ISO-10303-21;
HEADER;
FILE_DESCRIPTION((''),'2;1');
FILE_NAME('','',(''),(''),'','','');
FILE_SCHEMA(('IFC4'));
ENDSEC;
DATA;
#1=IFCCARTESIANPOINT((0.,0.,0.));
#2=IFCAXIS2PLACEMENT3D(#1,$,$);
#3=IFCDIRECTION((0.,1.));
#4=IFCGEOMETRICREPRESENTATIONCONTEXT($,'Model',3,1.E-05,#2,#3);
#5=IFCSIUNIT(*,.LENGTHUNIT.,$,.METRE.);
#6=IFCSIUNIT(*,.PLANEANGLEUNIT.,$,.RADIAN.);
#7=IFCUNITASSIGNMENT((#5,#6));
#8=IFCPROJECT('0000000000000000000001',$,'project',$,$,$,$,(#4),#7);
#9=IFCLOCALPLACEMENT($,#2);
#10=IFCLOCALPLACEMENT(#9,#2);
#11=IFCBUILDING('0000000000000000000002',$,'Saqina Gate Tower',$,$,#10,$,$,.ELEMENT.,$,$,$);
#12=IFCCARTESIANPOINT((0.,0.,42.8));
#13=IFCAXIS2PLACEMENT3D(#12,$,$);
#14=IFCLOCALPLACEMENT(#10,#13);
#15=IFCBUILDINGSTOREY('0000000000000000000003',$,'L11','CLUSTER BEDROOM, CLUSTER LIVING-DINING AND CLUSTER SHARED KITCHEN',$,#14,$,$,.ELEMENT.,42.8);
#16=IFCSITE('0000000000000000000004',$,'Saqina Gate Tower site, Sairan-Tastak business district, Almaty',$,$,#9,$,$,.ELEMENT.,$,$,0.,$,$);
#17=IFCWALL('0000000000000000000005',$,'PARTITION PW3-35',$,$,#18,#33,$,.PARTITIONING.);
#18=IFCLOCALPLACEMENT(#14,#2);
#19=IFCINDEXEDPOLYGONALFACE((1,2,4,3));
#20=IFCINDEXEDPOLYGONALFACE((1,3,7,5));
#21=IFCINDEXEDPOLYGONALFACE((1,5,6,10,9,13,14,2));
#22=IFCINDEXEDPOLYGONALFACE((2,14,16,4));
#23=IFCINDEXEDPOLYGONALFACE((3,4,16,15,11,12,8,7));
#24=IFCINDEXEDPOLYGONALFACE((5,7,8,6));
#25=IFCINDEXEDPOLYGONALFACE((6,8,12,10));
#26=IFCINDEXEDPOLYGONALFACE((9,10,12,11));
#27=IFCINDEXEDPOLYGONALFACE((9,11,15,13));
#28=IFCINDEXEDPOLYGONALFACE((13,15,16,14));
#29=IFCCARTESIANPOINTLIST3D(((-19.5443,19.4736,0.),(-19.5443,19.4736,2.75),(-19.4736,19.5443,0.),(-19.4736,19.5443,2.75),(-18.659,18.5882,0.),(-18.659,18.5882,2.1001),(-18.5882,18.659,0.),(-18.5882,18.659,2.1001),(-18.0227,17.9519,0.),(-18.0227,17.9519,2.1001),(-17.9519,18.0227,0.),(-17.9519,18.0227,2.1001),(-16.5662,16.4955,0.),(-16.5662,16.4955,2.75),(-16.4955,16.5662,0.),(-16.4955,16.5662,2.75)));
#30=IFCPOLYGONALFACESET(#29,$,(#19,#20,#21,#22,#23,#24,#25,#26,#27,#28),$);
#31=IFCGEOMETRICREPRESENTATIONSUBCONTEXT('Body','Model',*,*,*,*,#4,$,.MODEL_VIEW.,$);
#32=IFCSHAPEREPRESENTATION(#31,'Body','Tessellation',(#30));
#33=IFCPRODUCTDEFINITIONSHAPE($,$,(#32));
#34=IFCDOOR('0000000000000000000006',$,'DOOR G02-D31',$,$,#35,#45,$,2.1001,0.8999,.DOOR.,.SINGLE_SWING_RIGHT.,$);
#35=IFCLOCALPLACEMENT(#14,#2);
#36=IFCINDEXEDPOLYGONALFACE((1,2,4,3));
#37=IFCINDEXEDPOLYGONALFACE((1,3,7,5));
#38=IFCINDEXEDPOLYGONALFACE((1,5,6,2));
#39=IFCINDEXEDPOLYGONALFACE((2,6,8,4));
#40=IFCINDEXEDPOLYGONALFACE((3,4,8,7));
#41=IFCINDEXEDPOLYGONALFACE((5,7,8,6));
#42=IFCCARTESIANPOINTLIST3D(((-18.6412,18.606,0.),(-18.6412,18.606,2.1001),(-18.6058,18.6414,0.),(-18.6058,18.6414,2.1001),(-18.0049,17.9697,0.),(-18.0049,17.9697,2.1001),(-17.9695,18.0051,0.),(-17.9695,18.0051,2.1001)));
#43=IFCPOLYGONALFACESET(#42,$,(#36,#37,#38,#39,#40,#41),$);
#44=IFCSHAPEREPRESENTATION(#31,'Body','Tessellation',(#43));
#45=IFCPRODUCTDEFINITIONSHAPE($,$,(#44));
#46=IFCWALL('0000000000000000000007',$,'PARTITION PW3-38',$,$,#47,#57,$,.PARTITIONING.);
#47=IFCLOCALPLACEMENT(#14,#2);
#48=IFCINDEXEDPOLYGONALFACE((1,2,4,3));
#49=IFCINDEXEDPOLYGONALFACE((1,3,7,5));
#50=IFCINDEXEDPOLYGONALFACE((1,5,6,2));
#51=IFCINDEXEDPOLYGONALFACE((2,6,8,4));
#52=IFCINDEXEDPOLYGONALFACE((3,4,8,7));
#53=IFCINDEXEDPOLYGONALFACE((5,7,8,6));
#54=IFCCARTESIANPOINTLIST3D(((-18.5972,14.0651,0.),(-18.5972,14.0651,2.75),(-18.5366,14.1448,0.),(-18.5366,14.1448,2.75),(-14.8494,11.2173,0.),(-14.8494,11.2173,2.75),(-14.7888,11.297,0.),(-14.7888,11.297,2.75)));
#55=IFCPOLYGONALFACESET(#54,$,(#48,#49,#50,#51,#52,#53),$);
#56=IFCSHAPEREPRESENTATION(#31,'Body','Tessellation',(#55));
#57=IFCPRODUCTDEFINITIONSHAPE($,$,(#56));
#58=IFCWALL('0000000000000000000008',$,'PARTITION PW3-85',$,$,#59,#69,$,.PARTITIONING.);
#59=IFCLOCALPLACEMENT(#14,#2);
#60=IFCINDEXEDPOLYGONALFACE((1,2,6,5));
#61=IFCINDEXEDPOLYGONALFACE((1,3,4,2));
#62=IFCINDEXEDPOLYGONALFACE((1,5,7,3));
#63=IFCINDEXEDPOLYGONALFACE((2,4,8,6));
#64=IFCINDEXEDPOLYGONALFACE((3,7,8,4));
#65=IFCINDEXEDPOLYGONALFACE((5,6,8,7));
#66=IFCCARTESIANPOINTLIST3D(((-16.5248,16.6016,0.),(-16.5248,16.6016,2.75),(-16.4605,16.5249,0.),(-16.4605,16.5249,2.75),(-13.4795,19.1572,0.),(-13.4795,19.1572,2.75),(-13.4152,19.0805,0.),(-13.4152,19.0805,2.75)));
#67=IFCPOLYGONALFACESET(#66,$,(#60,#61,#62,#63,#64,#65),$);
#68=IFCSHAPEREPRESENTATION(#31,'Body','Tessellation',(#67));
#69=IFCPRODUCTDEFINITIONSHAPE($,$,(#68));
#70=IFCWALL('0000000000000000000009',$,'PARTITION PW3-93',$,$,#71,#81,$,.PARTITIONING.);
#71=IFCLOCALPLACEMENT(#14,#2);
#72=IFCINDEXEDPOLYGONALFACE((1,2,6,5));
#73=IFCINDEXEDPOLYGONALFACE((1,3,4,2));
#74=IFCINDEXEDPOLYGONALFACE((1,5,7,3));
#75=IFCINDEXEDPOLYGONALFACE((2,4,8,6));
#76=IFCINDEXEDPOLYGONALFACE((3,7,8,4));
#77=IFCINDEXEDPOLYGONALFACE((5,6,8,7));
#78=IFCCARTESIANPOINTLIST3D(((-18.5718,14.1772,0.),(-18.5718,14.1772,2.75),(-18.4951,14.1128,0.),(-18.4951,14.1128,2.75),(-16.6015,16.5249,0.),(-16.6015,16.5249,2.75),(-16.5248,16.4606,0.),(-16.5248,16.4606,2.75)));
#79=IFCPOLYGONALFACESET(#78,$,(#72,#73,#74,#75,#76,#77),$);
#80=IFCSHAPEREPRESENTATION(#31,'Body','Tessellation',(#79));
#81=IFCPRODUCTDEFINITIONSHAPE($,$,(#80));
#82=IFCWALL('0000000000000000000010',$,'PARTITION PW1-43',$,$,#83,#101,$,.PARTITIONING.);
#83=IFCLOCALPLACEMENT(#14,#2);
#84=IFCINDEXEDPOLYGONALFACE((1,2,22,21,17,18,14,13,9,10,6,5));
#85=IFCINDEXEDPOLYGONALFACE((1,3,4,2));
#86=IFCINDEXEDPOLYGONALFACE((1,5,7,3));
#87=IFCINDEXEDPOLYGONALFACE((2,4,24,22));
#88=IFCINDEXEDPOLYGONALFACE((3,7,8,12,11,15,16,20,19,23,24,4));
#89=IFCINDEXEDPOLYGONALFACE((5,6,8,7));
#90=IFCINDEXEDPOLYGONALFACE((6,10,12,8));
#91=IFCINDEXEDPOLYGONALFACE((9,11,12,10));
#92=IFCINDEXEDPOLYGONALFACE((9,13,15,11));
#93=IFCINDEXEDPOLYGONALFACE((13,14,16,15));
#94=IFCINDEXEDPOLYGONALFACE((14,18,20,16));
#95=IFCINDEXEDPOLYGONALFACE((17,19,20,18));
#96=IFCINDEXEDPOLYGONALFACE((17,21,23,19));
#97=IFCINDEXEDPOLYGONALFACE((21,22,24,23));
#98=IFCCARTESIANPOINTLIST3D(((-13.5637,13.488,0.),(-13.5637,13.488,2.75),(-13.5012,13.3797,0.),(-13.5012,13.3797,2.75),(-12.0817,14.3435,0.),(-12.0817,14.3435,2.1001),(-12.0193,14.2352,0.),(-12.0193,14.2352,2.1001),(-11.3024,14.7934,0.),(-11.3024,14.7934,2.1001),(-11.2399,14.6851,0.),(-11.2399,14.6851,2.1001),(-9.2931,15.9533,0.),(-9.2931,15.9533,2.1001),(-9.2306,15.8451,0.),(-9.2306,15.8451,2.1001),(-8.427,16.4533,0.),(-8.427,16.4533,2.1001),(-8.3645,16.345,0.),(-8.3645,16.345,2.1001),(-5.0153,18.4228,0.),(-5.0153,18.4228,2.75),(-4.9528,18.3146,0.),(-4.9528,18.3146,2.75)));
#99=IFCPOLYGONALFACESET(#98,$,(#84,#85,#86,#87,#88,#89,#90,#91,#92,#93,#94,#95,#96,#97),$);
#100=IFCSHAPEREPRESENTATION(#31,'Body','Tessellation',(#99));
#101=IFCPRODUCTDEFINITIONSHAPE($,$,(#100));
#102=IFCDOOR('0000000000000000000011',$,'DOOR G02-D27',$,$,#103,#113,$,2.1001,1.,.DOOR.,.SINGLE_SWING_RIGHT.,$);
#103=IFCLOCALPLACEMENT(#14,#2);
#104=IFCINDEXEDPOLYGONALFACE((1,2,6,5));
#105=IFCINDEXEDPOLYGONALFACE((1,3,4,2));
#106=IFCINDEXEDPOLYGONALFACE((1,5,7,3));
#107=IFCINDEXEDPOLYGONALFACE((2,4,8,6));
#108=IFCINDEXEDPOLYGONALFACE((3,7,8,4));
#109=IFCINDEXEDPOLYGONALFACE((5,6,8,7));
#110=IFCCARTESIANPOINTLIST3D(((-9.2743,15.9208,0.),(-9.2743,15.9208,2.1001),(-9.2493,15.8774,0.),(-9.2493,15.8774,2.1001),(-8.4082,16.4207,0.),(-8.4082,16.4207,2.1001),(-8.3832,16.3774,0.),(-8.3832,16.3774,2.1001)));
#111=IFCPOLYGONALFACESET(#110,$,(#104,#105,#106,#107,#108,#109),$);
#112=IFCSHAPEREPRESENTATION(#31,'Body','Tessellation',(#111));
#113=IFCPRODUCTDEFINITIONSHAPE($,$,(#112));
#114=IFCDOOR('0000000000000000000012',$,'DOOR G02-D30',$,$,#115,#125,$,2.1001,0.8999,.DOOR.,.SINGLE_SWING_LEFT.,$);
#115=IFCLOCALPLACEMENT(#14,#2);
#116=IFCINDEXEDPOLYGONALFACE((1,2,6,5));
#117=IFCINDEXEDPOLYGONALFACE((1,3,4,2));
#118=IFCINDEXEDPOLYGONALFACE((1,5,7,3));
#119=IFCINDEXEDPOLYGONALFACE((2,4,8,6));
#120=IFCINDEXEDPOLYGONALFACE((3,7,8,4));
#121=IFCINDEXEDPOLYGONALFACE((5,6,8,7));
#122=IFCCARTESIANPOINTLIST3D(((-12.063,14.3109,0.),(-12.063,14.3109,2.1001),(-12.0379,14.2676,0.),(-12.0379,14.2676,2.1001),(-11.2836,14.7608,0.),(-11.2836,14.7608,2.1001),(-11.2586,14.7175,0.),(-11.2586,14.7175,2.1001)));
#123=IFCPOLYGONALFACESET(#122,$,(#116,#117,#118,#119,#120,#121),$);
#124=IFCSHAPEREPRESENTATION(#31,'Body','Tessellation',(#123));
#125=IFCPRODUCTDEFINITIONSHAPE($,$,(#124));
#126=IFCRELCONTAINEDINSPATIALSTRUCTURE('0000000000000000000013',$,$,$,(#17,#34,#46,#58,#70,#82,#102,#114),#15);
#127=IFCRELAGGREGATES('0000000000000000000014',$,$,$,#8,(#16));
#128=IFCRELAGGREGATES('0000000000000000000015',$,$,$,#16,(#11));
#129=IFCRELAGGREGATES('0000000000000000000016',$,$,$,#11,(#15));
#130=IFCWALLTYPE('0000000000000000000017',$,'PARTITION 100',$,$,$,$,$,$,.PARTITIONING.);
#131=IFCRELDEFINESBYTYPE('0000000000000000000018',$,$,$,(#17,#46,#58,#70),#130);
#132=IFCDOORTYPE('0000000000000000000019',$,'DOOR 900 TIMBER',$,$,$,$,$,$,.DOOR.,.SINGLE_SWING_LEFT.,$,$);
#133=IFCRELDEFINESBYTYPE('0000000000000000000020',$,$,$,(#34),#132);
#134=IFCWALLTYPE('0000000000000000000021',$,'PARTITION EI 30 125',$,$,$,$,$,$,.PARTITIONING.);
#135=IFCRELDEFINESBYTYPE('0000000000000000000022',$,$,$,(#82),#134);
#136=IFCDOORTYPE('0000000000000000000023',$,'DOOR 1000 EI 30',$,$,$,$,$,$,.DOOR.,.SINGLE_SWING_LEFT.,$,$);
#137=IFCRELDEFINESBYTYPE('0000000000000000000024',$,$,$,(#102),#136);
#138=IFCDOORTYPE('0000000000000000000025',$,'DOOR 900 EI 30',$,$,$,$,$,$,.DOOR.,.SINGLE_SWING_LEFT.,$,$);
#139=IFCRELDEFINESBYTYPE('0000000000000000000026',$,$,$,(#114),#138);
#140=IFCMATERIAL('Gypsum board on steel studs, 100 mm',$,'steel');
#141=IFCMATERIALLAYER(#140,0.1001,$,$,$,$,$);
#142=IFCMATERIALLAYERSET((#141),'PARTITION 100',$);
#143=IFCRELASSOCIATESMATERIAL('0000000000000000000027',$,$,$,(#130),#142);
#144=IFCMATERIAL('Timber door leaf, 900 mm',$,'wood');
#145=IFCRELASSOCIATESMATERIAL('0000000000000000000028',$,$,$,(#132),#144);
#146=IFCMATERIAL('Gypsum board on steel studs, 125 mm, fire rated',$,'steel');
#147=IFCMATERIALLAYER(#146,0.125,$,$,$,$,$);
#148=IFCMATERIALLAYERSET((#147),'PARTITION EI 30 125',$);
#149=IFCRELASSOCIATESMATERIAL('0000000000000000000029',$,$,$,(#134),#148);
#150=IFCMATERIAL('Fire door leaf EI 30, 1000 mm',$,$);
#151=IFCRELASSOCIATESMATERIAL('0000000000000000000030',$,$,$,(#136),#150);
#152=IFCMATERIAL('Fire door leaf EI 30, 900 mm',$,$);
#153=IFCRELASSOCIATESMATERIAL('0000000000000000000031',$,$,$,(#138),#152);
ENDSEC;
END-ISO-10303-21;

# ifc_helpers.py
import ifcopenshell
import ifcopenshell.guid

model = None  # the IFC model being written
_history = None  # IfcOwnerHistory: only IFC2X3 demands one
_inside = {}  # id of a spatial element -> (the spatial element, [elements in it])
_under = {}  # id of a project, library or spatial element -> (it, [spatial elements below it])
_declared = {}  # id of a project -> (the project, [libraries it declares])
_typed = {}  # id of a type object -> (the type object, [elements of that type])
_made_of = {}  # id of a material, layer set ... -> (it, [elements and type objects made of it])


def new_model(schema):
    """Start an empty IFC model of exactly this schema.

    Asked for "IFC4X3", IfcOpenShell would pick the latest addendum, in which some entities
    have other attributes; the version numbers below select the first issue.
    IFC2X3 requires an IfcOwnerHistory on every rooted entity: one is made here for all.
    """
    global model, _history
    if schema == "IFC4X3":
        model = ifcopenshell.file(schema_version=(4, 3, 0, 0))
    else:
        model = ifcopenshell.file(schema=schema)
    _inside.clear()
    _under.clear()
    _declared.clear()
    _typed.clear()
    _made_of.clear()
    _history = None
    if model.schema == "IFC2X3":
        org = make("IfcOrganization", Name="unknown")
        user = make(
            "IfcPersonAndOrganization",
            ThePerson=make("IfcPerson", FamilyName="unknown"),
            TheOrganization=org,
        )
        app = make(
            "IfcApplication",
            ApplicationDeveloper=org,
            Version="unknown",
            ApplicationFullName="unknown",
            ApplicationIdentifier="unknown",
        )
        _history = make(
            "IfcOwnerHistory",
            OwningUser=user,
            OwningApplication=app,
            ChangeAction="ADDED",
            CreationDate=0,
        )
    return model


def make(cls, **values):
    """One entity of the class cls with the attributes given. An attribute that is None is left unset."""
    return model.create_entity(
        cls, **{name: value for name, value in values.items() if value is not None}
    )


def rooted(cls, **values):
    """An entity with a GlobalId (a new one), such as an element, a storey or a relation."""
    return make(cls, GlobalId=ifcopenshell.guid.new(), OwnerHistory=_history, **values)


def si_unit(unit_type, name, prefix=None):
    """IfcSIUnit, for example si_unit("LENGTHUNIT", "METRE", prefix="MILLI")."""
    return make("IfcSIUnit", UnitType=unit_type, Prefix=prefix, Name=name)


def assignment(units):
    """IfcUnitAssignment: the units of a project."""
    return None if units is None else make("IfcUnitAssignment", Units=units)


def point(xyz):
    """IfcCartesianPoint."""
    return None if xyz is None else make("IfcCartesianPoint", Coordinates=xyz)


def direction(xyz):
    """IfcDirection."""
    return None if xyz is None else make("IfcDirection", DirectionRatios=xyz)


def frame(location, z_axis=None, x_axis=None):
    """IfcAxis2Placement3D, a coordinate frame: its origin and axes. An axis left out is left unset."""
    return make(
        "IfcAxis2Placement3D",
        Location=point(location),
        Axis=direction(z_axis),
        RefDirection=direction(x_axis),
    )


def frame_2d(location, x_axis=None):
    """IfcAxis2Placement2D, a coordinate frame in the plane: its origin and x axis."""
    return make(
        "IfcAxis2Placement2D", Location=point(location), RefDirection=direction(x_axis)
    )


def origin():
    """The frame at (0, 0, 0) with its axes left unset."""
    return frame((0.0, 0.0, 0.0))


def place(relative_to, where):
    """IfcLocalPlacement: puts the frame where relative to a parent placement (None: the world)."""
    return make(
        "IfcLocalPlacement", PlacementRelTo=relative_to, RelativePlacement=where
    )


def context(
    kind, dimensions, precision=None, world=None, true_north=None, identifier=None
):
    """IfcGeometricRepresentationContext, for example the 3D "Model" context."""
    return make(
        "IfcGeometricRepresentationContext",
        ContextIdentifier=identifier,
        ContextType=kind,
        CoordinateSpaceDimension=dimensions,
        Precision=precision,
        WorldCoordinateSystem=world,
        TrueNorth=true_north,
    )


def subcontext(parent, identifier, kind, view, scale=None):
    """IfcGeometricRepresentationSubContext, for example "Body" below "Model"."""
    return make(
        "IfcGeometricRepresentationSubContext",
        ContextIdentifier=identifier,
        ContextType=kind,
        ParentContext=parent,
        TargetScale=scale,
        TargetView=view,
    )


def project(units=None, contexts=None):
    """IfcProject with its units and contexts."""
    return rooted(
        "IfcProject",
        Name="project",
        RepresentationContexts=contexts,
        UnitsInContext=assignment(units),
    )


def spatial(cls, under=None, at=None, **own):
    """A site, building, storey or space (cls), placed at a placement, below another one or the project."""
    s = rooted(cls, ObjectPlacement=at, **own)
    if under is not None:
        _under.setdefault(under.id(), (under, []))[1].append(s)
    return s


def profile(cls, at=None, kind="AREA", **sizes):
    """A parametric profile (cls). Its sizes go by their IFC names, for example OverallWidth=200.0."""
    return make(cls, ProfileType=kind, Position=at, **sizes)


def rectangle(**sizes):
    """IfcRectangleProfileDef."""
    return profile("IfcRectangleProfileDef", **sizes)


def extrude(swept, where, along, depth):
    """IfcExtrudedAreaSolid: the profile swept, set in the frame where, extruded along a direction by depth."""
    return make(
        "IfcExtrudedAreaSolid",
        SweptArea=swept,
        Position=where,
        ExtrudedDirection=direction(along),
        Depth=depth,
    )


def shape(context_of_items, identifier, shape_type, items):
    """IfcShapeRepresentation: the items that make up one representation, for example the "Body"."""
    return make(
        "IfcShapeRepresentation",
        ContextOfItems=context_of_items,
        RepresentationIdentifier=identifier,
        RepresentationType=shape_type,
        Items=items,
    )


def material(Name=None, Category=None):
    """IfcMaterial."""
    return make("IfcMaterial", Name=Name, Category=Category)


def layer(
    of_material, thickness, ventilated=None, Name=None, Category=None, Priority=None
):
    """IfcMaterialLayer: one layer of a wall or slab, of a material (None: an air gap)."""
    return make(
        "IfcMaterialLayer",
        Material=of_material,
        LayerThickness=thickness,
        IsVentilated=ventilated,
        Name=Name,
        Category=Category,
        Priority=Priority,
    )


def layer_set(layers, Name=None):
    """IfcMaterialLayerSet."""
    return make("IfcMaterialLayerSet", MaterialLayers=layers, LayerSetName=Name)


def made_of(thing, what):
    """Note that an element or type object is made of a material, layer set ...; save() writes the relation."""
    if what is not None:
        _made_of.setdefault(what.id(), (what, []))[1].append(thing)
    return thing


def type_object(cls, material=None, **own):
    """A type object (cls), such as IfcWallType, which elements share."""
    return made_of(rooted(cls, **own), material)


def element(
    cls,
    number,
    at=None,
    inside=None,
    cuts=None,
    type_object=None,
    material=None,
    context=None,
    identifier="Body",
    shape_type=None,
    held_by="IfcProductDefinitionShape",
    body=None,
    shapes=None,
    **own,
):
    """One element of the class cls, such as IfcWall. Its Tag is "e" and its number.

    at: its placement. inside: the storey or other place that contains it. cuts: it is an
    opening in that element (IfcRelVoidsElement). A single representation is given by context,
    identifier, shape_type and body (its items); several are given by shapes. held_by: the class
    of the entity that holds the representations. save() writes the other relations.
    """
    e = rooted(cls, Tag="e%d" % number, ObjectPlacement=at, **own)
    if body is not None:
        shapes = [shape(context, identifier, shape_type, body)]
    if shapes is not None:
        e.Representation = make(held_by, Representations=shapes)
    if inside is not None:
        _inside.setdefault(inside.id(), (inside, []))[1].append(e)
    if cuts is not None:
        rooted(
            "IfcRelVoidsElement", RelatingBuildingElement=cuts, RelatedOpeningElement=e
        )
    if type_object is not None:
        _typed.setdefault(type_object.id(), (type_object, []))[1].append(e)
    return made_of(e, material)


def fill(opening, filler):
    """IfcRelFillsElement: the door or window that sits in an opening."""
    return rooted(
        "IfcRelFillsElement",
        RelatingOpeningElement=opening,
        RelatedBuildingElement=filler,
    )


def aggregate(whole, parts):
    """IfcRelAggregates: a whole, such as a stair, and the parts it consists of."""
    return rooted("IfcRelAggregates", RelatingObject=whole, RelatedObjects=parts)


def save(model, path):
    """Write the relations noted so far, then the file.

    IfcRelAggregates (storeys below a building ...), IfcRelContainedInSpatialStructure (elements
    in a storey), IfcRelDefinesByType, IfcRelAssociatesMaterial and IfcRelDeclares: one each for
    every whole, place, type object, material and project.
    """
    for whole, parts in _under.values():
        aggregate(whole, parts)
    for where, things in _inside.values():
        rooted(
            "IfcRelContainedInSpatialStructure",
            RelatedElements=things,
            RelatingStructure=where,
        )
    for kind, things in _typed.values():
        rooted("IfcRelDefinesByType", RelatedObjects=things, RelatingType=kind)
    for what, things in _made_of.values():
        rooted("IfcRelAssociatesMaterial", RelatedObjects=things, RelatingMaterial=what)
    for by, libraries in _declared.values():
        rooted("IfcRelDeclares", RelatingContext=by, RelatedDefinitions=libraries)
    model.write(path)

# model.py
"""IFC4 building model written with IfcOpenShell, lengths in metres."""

from ifc_helpers import new_model, si_unit, direction, frame, frame_2d, origin, place, context, subcontext, project, spatial, rectangle, extrude, material, layer, layer_set, type_object, element, fill, save


model = new_model("IFC4")

# Units and contexts
model_context = context("Model", 3, precision=1e-05, world=origin(), true_north=direction((0.0, 1.0)))
body_context = subcontext(model_context, "Body", "Model", "MODEL_VIEW")
ifc_project = project(units=[si_unit("LENGTHUNIT", "METRE"), si_unit("PLANEANGLEUNIT", "RADIAN")], contexts=[model_context])

# Site, building, storey
site_placement = place(None, origin())
site = spatial("IfcSite", under=ifc_project, at=site_placement, Name="Saqina Gate Tower site, Sairan-Tastak business district, Almaty", CompositionType="ELEMENT", RefElevation=0.0)
building_placement = place(site_placement, origin())
building = spatial("IfcBuilding", under=site, at=building_placement, Name="Saqina Gate Tower", CompositionType="ELEMENT")
storey_placement = place(building_placement, frame((0.0, 0.0, 42.8)))
storey = spatial("IfcBuildingStorey", under=building, at=storey_placement, Name="L11", Description="CLUSTER BEDROOM, CLUSTER LIVING-DINING AND CLUSTER SHARED KITCHEN", CompositionType="ELEMENT", Elevation=42.8)

# Wall, opening, door
ifc_material_1 = material(Name="Gypsum board on steel studs, 100 mm", Category="steel")
ifc_layer_1 = layer(ifc_material_1, 0.1001)
ifc_layer_set_1 = layer_set([ifc_layer_1], Name="PARTITION 100")
wall_type_1 = type_object("IfcWallType", Name="PARTITION 100", PredefinedType="PARTITIONING", material=ifc_layer_set_1)
wall_1_placement = place(storey_placement, frame((-19.509, 19.509, 0.0), z_axis=(0.0, 0.0, 1.0), x_axis=(0.707107, -0.707107, 0.0)))
wall_1 = element("IfcWall", 1, at=wall_1_placement, inside=storey, type_object=wall_type_1, Name="PARTITION PW3-35", PredefinedType="PARTITIONING", context=body_context, shape_type="SweptSolid", body=[
    extrude(rectangle(XDim=4.2117, YDim=0.1001, at=frame_2d((2.106, 0.0))), origin(), (0.0, 0.0, 1.0), 2.75),
])
opening_1_placement = place(wall_1_placement, frame((1.2522, 0.0, 0.0)))
opening_1 = element("IfcOpeningElement", 2, at=opening_1_placement, cuts=wall_1, PredefinedType="OPENING", context=body_context, shape_type="SweptSolid", body=[
    extrude(rectangle(XDim=0.8999, YDim=2.1001, at=frame_2d((0.45, 1.05))), frame((0.0, 0.062, 0.0), z_axis=(0.0, -1.0, 0.0), x_axis=(1.0, 0.0, 0.0)), (0.0, 0.0, 1.0), 0.124),
])
ifc_material_2 = material(Name="Timber door leaf, 900 mm", Category="wood")
door_type_1 = type_object("IfcDoorType", Name="DOOR 900 TIMBER", OperationType="SINGLE_SWING_LEFT", PredefinedType="DOOR", material=ifc_material_2)
door_1_placement = place(opening_1_placement, frame((0.8999, 0.0, 0.0), z_axis=(0.0, 0.0, 1.0), x_axis=(-1.0, 0.0, 0.0)))
door_1 = element("IfcDoor", 3, at=door_1_placement, inside=storey, type_object=door_type_1, Name="DOOR G02-D31", OperationType="SINGLE_SWING_RIGHT", OverallHeight=2.1001, OverallWidth=0.8999, PredefinedType="DOOR", context=body_context, shape_type="SweptSolid", body=[
    extrude(rectangle(XDim=0.8999, YDim=2.1001, at=frame_2d((0.45, 1.05))), frame((0.0, 0.0249, 0.0), z_axis=(0.0, -1.0, 0.0), x_axis=(1.0, 0.0, 0.0)), (0.0, 0.0, 1.0), 0.05),
])
fill(opening_1, door_1)

# Walls
wall_2_placement = place(storey_placement, frame((-18.5669, 14.105, 0.0), z_axis=(0.0, 0.0, 1.0), x_axis=(0.796206, -0.605025, 0.0)))
element("IfcWall", 4, at=wall_2_placement, inside=storey, type_object=wall_type_1, Name="PARTITION PW3-38", PredefinedType="PARTITIONING", context=body_context, shape_type="SweptSolid", body=[
    extrude(rectangle(XDim=4.707, YDim=0.1001, at=frame_2d((2.3535, 0.0))), origin(), (0.0, 0.0, 1.0), 2.75),
])
wall_3_placement = place(storey_placement, frame((-16.4927, 16.5632, 0.0), z_axis=(0.0, 0.0, 1.0), x_axis=(0.766012, 0.642826, 0.0)))
element("IfcWall", 5, at=wall_3_placement, inside=storey, type_object=wall_type_1, Name="PARTITION PW3-85", PredefinedType="PARTITIONING", context=body_context, shape_type="SweptSolid", body=[
    extrude(rectangle(XDim=3.9756, YDim=0.1001, at=frame_2d((1.9878, 0.0))), origin(), (0.0, 0.0, 1.0), 2.75),
])
wall_4_placement = place(storey_placement, frame((-18.5334, 14.145, 0.0), z_axis=(0.0, 0.0, 1.0), x_axis=(0.642845, 0.765997, 0.0)))
element("IfcWall", 6, at=wall_4_placement, inside=storey, type_object=wall_type_1, Name="PARTITION PW3-93", PredefinedType="PARTITIONING", context=body_context, shape_type="SweptSolid", body=[
    extrude(rectangle(XDim=3.0649, YDim=0.1001, at=frame_2d((1.5325, 0.0))), origin(), (0.0, 0.0, 1.0), 2.75),
])

# Wall, openings, doors
ifc_material_3 = material(Name="Gypsum board on steel studs, 125 mm, fire rated", Category="steel")
ifc_layer_2 = layer(ifc_material_3, 0.125)
ifc_layer_set_2 = layer_set([ifc_layer_2], Name="PARTITION EI 30 125")
wall_type_2 = type_object("IfcWallType", Name="PARTITION EI 30 125", PredefinedType="PARTITIONING", material=ifc_layer_set_2)
wall_5_placement = place(storey_placement, frame((-13.5325, 13.4338, 0.0), z_axis=(0.0, 0.0, 1.0), x_axis=(0.86605, 0.499957, 0.0)))
wall_5 = element("IfcWall", 7, at=wall_5_placement, inside=storey, type_object=wall_type_2, Name="PARTITION PW1-43", PredefinedType="PARTITIONING", context=body_context, shape_type="SweptSolid", body=[
    extrude(rectangle(XDim=9.8706, YDim=0.125, at=frame_2d((4.9353, 0.0))), origin(), (0.0, 0.0, 1.0), 2.75),
])
opening_2_placement = place(wall_5_placement, frame((4.9312, 0.0, 0.0)))
opening_2 = element("IfcOpeningElement", 8, at=opening_2_placement, cuts=wall_5, PredefinedType="OPENING", context=body_context, shape_type="SweptSolid", body=[
    extrude(rectangle(XDim=1.0, YDim=2.1001, at=frame_2d((0.5, 1.05))), frame((0.0, 0.0745, 0.0), z_axis=(0.0, -1.0, 0.0), x_axis=(1.0, 0.0, 0.0)), (0.0, 0.0, 1.0), 0.1489),
])
opening_3_placement = place(wall_5_placement, frame((1.7112, 0.0, 0.0)))
opening_3 = element("IfcOpeningElement", 9, at=opening_3_placement, cuts=wall_5, PredefinedType="OPENING", context=body_context, shape_type="SweptSolid", body=[
    extrude(rectangle(XDim=0.8999, YDim=2.1001, at=frame_2d((0.45, 1.05))), frame((0.0, 0.0745, 0.0), z_axis=(0.0, -1.0, 0.0), x_axis=(1.0, 0.0, 0.0)), (0.0, 0.0, 1.0), 0.1489),
])
ifc_material_4 = material(Name="Fire door leaf EI 30, 1000 mm")
door_type_2 = type_object("IfcDoorType", Name="DOOR 1000 EI 30", OperationType="SINGLE_SWING_LEFT", PredefinedType="DOOR", material=ifc_material_4)
door_2_placement = place(opening_2_placement, origin())
door_2 = element("IfcDoor", 10, at=door_2_placement, inside=storey, type_object=door_type_2, Name="DOOR G02-D27", OperationType="SINGLE_SWING_RIGHT", OverallHeight=2.1001, OverallWidth=1.0, PredefinedType="DOOR", context=body_context, shape_type="SweptSolid", body=[
    extrude(rectangle(XDim=1.0, YDim=2.1001, at=frame_2d((0.5, 1.05))), frame((0.0, 0.0249, 0.0), z_axis=(0.0, -1.0, 0.0), x_axis=(1.0, 0.0, 0.0)), (0.0, 0.0, 1.0), 0.05),
])
fill(opening_2, door_2)
ifc_material_5 = material(Name="Fire door leaf EI 30, 900 mm")
door_type_3 = type_object("IfcDoorType", Name="DOOR 900 EI 30", OperationType="SINGLE_SWING_LEFT", PredefinedType="DOOR", material=ifc_material_5)
door_3_placement = place(opening_3_placement, origin())
door_3 = element("IfcDoor", 11, at=door_3_placement, inside=storey, type_object=door_type_3, Name="DOOR G02-D30", OperationType="SINGLE_SWING_LEFT", OverallHeight=2.1001, OverallWidth=0.8999, PredefinedType="DOOR", context=body_context, shape_type="SweptSolid", body=[
    extrude(rectangle(XDim=0.8999, YDim=2.1001, at=frame_2d((0.45, 1.05))), frame((0.0, 0.0249, 0.0), z_axis=(0.0, -1.0, 0.0), x_axis=(1.0, 0.0, 0.0)), (0.0, 0.0, 1.0), 0.05),
])
fill(opening_3, door_3)

save(model, "model.ifc")
